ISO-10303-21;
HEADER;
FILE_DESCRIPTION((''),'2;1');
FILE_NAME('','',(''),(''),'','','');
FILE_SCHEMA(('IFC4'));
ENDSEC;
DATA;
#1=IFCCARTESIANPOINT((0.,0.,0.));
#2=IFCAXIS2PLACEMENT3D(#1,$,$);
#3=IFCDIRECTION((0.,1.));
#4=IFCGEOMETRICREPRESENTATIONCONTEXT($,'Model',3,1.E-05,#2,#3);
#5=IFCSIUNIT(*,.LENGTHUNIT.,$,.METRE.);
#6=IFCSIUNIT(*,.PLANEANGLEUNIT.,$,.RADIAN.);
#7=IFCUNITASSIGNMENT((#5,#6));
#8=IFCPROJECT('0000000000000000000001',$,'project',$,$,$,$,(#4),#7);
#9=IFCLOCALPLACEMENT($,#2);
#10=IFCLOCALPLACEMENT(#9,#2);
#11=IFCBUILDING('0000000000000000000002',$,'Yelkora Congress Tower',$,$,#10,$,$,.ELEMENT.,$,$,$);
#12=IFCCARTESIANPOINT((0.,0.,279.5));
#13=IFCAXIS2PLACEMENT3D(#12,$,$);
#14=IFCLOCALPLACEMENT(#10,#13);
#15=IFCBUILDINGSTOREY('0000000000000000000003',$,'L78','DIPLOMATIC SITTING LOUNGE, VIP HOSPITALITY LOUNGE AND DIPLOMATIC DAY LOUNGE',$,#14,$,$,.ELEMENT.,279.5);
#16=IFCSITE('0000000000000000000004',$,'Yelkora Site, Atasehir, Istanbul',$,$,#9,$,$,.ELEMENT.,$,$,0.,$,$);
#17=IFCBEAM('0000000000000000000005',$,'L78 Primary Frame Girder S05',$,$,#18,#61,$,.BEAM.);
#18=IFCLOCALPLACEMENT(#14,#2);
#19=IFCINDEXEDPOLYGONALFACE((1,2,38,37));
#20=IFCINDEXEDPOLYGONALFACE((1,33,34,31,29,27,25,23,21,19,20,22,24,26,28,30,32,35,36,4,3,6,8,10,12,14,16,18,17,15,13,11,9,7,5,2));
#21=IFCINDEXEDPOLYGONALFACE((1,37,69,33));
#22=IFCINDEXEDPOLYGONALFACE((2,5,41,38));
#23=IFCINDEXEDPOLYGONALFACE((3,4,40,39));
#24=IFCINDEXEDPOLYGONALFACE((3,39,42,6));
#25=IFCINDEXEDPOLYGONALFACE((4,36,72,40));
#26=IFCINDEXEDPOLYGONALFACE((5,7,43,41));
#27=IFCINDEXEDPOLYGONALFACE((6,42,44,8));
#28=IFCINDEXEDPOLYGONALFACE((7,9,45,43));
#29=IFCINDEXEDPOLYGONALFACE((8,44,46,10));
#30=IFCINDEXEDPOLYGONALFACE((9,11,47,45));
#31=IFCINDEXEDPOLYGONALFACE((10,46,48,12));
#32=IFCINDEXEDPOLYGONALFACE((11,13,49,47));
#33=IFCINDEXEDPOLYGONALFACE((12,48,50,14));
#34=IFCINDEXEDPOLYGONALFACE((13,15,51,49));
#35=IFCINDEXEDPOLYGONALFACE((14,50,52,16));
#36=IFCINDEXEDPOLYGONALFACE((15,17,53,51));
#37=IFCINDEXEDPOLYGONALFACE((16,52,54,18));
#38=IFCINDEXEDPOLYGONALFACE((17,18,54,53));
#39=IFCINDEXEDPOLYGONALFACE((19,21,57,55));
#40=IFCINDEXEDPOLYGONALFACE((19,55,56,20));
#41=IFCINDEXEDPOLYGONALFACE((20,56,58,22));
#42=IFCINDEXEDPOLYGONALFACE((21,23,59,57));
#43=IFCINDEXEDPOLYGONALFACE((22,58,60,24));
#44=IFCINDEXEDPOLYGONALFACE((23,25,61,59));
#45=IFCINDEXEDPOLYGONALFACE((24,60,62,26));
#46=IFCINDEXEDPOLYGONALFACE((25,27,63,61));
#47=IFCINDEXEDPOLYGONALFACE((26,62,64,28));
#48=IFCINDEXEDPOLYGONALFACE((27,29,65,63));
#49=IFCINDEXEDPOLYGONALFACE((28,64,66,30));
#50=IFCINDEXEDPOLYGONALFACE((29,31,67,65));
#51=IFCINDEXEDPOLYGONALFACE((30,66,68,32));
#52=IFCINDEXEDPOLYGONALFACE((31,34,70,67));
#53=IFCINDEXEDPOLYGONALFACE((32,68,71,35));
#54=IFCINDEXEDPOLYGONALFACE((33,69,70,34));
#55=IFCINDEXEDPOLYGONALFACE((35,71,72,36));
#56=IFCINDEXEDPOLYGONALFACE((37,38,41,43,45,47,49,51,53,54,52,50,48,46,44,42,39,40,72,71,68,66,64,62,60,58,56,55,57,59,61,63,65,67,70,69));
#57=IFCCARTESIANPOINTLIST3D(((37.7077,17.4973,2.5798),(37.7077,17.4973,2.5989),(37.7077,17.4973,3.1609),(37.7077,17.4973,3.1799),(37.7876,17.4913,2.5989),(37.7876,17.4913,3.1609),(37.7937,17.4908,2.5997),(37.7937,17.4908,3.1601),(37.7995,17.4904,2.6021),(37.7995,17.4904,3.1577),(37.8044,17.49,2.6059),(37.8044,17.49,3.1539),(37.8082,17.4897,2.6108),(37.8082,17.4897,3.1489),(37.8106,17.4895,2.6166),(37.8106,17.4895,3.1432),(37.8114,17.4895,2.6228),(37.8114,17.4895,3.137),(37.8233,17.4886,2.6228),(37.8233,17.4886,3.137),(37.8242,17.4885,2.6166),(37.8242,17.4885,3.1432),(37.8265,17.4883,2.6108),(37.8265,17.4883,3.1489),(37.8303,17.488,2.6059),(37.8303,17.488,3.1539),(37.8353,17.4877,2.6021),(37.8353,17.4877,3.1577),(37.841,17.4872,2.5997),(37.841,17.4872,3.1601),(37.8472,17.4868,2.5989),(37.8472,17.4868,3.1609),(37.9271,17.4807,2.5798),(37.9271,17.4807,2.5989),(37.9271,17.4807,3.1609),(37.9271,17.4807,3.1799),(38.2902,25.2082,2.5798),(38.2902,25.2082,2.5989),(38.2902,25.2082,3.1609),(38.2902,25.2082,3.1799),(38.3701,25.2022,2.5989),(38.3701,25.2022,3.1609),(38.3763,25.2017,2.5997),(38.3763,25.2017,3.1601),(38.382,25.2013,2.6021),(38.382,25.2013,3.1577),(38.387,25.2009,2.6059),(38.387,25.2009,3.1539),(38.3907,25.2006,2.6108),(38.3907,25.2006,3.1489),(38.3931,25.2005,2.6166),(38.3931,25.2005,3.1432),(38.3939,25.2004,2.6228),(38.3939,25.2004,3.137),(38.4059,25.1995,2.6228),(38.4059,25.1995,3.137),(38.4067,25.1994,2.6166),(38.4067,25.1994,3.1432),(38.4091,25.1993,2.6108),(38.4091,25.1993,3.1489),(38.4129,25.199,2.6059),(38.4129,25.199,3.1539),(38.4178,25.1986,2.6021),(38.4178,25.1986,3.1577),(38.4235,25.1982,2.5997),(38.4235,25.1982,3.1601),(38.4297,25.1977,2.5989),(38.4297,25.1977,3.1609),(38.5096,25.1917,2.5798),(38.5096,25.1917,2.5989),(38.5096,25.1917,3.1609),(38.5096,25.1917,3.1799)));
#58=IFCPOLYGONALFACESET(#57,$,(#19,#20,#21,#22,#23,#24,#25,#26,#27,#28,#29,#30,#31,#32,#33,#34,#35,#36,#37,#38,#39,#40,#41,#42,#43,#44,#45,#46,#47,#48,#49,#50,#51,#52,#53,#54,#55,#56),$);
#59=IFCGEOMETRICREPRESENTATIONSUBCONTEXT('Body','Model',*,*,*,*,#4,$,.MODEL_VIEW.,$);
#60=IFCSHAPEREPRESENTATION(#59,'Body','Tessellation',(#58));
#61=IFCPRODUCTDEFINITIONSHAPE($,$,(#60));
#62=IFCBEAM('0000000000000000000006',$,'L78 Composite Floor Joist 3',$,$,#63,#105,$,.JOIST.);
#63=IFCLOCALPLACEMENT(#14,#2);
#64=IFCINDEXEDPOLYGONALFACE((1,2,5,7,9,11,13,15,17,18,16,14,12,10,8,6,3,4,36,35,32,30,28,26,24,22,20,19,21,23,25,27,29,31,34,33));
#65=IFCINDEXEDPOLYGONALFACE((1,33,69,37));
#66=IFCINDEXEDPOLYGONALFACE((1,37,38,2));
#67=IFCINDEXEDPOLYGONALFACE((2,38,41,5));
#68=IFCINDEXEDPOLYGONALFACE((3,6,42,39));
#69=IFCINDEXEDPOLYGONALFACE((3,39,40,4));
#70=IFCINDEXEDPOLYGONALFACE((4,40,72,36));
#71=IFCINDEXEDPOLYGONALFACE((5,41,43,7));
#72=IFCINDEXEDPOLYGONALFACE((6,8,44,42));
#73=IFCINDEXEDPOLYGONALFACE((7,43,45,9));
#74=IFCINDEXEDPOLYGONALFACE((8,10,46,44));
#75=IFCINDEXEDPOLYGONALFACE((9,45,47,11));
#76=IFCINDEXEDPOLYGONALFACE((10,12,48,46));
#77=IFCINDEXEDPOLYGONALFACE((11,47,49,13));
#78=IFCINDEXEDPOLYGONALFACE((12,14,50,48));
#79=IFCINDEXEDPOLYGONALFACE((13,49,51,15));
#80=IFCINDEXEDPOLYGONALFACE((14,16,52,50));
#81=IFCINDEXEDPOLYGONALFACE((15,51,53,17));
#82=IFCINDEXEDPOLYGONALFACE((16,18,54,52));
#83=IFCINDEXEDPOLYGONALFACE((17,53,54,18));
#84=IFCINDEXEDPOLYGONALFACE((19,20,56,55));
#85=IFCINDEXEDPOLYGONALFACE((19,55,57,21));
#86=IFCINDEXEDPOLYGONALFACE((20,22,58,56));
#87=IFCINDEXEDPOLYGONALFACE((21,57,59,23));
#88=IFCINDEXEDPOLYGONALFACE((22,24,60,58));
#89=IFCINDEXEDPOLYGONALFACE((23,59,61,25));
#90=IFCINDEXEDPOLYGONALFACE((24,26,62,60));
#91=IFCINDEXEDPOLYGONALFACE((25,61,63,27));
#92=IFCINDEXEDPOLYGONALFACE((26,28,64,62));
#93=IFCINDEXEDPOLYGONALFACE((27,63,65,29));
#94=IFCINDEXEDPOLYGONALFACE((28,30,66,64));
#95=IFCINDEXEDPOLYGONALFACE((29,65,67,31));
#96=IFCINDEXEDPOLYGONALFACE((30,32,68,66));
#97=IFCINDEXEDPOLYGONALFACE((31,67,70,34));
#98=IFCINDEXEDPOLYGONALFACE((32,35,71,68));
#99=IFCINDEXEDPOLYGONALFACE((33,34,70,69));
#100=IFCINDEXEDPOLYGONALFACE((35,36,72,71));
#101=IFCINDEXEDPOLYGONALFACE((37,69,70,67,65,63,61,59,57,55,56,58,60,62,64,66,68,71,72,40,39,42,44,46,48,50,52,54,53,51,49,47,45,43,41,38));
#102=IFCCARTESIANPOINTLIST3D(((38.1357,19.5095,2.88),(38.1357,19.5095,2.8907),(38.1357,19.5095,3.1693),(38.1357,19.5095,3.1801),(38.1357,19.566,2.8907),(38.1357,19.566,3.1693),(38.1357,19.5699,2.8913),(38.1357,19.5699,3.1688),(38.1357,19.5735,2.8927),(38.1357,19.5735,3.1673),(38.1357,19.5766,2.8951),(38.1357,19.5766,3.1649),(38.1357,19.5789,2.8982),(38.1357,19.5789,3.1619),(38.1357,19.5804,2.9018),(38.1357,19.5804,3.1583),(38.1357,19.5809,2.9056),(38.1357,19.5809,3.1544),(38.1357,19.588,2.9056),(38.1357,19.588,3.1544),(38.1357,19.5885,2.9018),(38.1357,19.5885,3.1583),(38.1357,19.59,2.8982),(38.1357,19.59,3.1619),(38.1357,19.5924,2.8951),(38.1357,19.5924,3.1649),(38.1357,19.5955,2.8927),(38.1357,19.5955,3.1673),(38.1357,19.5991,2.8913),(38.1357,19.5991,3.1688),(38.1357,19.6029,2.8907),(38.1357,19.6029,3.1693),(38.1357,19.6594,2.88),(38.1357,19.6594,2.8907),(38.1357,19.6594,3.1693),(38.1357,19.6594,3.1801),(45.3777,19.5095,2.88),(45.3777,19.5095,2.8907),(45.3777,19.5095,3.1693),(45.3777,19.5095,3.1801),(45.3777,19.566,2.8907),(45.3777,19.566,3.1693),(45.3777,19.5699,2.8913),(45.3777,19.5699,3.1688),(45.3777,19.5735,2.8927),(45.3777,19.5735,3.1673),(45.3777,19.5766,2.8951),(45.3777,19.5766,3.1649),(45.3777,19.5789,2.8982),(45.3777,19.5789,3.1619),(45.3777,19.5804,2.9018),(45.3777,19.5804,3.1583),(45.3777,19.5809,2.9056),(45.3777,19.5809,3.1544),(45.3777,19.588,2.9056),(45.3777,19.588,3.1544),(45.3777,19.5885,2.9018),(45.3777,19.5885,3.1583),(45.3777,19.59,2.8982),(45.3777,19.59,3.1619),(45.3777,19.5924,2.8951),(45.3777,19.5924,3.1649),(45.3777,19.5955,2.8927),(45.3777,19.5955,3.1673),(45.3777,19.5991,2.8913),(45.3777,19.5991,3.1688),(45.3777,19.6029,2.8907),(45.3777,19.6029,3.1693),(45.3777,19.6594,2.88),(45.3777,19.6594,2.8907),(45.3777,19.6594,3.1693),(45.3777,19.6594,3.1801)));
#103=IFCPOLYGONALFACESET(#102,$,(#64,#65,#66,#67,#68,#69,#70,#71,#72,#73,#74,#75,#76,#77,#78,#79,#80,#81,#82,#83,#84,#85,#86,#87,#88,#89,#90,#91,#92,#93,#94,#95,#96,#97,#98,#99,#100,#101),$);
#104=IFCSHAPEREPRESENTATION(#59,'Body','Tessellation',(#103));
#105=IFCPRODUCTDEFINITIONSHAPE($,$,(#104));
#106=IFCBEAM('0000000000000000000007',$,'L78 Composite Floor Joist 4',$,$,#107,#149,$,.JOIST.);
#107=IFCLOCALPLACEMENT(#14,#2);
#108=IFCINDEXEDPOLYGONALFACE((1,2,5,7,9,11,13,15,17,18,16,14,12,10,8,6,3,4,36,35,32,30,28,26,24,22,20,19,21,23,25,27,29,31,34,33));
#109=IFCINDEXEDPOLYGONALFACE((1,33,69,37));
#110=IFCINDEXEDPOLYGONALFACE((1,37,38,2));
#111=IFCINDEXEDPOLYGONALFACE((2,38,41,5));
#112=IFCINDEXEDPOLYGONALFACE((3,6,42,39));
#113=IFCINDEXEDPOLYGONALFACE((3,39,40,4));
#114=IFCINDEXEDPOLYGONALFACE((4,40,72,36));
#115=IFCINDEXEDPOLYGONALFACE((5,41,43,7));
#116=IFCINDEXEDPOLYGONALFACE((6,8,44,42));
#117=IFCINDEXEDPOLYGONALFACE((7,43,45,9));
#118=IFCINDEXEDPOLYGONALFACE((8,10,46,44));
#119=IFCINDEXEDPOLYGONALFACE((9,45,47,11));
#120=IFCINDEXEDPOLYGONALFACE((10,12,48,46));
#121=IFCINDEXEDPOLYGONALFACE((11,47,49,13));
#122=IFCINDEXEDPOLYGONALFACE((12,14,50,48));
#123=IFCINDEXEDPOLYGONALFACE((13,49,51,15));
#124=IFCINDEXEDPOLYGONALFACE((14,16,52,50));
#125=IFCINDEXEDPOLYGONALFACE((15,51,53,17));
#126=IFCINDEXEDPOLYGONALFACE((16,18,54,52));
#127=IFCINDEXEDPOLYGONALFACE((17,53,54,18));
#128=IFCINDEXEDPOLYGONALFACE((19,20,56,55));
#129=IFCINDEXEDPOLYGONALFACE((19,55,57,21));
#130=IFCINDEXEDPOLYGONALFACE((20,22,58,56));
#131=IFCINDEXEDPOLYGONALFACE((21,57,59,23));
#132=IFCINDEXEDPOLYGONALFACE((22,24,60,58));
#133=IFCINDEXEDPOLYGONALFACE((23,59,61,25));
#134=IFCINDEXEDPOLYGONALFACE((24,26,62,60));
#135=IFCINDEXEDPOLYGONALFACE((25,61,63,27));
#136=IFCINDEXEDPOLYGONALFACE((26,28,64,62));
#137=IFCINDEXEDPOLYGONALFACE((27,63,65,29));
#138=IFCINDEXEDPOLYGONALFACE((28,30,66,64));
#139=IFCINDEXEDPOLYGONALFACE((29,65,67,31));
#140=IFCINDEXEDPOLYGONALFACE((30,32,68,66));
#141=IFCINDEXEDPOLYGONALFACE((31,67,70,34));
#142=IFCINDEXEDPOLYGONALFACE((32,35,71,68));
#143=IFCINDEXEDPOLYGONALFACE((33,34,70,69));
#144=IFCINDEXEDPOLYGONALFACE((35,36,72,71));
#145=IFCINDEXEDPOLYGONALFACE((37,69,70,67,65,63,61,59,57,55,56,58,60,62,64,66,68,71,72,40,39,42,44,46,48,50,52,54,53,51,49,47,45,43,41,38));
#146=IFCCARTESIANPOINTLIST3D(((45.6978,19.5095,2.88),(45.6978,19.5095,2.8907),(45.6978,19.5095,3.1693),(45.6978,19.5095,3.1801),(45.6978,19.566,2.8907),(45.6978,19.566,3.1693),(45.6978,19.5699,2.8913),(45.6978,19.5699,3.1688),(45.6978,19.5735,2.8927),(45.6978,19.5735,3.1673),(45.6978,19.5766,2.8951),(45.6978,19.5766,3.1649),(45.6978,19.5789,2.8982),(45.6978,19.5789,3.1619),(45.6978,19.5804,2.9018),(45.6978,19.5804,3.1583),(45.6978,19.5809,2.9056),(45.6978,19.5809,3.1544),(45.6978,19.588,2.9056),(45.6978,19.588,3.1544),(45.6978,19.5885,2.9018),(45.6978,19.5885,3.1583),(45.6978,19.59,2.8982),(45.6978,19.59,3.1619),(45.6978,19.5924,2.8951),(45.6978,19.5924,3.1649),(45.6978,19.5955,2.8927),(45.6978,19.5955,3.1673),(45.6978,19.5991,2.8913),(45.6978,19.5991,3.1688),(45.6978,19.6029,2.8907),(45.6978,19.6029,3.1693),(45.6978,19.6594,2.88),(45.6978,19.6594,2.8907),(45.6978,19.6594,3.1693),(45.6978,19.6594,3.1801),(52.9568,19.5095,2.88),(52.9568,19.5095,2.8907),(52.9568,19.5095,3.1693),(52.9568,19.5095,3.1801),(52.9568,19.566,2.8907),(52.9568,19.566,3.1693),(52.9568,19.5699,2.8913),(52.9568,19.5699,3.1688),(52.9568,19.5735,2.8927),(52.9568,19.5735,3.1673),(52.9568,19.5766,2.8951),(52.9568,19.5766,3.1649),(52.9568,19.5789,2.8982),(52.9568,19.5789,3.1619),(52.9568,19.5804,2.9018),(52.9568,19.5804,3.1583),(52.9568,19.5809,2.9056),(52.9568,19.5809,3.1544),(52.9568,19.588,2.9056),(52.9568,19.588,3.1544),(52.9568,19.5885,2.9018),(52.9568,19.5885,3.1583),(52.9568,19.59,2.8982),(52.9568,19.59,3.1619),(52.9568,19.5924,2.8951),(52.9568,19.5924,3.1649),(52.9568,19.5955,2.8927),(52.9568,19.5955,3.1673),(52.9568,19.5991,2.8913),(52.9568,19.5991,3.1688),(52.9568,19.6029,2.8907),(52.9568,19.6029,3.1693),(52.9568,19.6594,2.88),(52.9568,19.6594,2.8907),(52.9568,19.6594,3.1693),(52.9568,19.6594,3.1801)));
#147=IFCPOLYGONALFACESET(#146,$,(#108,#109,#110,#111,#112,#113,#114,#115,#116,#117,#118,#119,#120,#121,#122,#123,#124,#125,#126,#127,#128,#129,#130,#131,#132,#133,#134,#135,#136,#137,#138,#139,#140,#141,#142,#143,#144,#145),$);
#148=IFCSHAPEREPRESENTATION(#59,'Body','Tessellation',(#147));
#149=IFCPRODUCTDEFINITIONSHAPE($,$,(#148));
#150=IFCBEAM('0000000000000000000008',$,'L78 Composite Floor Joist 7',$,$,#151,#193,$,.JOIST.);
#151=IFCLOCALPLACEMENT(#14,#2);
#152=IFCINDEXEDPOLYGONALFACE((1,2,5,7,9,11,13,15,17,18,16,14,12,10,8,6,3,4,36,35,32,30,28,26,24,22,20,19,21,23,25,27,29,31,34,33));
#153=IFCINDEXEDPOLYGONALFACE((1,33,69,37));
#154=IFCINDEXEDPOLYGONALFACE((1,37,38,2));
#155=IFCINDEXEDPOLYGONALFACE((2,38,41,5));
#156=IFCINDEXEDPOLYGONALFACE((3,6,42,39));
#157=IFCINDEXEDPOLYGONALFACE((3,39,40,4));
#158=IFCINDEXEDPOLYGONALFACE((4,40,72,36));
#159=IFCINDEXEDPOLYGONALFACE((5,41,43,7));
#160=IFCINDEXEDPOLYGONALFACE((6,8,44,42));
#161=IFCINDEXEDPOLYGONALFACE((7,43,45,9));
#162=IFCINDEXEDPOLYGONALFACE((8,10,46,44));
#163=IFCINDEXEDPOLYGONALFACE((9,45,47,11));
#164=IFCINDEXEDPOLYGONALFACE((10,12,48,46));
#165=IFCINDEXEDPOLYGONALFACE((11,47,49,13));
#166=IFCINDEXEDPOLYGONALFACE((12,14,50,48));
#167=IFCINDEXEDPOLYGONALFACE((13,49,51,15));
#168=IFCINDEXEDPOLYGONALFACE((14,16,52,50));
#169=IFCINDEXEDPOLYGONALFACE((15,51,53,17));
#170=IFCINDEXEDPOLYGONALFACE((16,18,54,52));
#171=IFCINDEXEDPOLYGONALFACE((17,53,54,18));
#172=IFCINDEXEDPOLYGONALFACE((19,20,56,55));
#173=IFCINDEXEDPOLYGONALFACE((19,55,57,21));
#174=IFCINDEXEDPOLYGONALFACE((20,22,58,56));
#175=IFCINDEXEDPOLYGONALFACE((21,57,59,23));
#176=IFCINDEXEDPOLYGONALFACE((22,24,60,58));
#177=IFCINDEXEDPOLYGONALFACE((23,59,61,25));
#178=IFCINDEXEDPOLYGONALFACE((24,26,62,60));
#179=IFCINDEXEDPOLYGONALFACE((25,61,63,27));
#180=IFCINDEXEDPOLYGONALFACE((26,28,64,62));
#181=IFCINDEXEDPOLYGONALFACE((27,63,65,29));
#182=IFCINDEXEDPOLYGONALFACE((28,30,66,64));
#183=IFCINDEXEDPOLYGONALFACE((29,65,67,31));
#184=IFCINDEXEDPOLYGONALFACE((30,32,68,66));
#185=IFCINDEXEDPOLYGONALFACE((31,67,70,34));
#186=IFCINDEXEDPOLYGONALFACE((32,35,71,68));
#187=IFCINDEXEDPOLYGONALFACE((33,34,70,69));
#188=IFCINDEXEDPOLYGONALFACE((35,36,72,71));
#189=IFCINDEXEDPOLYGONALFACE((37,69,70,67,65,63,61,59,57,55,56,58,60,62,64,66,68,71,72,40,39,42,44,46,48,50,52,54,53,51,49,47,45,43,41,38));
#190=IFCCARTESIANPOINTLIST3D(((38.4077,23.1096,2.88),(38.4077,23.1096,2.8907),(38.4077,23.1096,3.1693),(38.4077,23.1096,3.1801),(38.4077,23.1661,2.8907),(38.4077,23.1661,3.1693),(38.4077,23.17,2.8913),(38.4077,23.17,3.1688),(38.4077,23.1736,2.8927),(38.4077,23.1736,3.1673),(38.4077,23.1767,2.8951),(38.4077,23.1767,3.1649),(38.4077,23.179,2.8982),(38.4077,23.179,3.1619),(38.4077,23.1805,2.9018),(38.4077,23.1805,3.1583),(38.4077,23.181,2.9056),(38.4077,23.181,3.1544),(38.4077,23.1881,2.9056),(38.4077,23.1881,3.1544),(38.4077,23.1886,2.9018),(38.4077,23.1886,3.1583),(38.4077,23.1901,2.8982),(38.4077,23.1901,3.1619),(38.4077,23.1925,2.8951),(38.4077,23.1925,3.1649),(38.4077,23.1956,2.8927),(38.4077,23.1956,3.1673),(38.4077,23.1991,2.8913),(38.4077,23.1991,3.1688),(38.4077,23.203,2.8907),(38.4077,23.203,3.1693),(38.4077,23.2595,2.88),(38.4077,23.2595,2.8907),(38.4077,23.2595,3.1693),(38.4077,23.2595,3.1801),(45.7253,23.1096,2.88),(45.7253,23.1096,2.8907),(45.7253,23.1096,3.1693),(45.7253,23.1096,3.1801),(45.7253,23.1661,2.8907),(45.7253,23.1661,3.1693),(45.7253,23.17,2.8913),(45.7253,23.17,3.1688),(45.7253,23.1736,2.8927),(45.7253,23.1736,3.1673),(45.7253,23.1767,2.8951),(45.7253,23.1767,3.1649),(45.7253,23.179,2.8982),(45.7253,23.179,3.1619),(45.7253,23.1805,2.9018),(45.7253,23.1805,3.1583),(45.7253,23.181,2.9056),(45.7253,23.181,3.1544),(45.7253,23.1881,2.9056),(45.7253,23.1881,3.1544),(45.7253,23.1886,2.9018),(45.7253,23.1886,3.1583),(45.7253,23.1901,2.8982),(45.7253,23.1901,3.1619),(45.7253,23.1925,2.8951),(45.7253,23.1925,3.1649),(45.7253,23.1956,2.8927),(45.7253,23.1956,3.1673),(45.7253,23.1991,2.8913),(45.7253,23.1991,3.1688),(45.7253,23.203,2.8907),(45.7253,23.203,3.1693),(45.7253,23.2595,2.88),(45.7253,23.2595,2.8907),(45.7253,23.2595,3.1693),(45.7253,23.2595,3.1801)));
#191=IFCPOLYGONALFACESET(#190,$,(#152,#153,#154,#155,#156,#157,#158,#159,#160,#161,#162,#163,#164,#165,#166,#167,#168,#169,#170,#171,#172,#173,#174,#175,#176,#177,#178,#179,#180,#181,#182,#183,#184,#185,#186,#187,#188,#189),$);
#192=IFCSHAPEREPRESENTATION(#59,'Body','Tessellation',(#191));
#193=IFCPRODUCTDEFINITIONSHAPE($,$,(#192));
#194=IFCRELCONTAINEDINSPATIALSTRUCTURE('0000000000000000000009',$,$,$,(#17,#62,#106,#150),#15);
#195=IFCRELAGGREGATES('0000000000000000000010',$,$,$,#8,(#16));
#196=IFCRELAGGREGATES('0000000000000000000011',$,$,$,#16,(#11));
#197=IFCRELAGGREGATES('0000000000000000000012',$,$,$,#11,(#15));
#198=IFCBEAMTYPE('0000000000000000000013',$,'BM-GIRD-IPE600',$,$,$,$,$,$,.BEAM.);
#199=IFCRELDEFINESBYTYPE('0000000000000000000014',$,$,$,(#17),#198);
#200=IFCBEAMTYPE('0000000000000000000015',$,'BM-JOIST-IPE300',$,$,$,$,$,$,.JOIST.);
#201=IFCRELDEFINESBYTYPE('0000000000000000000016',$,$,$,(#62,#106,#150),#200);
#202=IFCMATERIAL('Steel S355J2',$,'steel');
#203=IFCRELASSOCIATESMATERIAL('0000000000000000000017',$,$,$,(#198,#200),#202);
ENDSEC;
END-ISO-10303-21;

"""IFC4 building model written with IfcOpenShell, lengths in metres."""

from ifc_helpers import new_model, si_unit, direction, frame, origin, origin_2d, place, context, subcontext, project, spatial, i_section, extrude, material, material_profile, profile_set, type_object, element, save


model = new_model("IFC4")

# Units and contexts
model_context = context("Model", 3, precision=1e-05, world=origin(), true_north=direction((0.0, 1.0)))
body_context = subcontext(model_context, "Body", "Model", "MODEL_VIEW")
ifc_project = project(units=[si_unit("LENGTHUNIT", "METRE"), si_unit("PLANEANGLEUNIT", "RADIAN")], contexts=[model_context])

# Site, building, storey
site_placement = place(None, origin())
site = spatial("IfcSite", under=ifc_project, at=site_placement, Name="Yelkora Site, Atasehir, Istanbul", CompositionType="ELEMENT", RefElevation=0.0)
building_placement = place(site_placement, origin())
building = spatial("IfcBuilding", under=site, at=building_placement, Name="Yelkora Congress Tower", CompositionType="ELEMENT")
storey_placement = place(building_placement, frame((0.0, 0.0, 279.5)))
storey = spatial("IfcBuildingStorey", under=building, at=storey_placement, Name="L78", Description="DIPLOMATIC SITTING LOUNGE, VIP HOSPITALITY LOUNGE AND DIPLOMATIC DAY LOUNGE", CompositionType="ELEMENT", Elevation=279.5)

# Shared definitions
ifc_material_1 = material(Name="Steel S355J2", Category="steel")

# Beams
ifc_material_profile_1 = material_profile(ifc_material_1, i_section(OverallWidth=0.22, OverallDepth=0.6001, WebThickness=0.012, FlangeThickness=0.019, FilletRadius=0.0239, at=origin_2d()), Name="IPE 600")
ifc_profile_set_1 = profile_set([ifc_material_profile_1], Name="Steel S355J2")
beam_type_1 = type_object("IfcBeamType", Name="BM-GIRD-IPE600", PredefinedType="BEAM", material=ifc_profile_set_1)
beam_1_placement = place(storey_placement, frame((37.8174, 17.489, 2.8799), z_axis=(0.07533, 0.997159, 0.0), x_axis=(-0.997159, 0.07533, 0.0)))
element("IfcBeam", 1, at=beam_1_placement, inside=storey, type_object=beam_type_1, Name="L78 Primary Frame Girder S05", PredefinedType="BEAM", context=body_context, shape_type="SweptSolid", body=[
    extrude(i_section(OverallWidth=0.22, OverallDepth=0.6001, WebThickness=0.012, FlangeThickness=0.019, FilletRadius=0.0239, at=origin_2d()), origin(), (0.0, 0.0, 1.0), 7.7329),
])
ifc_material_profile_2 = material_profile(ifc_material_1, i_section(OverallWidth=0.1499, OverallDepth=0.3, WebThickness=0.0071, FlangeThickness=0.0107, FilletRadius=0.0149, at=origin_2d()), Name="IPE 300")
ifc_profile_set_2 = profile_set([ifc_material_profile_2], Name="Steel S355J2")
beam_type_2 = type_object("IfcBeamType", Name="BM-JOIST-IPE300", PredefinedType="JOIST", material=ifc_profile_set_2)
beam_2_placement = place(storey_placement, frame((38.1357, 19.5845, 3.03), z_axis=(1.0, 0.0, 0.0), x_axis=(0.0, 1.0, 0.0)))
element("IfcBeam", 2, at=beam_2_placement, inside=storey, type_object=beam_type_2, Name="L78 Composite Floor Joist 3", PredefinedType="JOIST", context=body_context, shape_type="SweptSolid", body=[
    extrude(i_section(OverallWidth=0.1499, OverallDepth=0.3, WebThickness=0.0071, FlangeThickness=0.0107, FilletRadius=0.0149, at=origin_2d()), origin(), (0.0, 0.0, 1.0), 7.2419),
])
beam_3_placement = place(storey_placement, frame((45.6978, 19.5845, 3.03), z_axis=(1.0, 0.0, 0.0), x_axis=(0.0, 1.0, 0.0)))
element("IfcBeam", 3, at=beam_3_placement, inside=storey, type_object=beam_type_2, Name="L78 Composite Floor Joist 4", PredefinedType="JOIST", context=body_context, shape_type="SweptSolid", body=[
    extrude(i_section(OverallWidth=0.1499, OverallDepth=0.3, WebThickness=0.0071, FlangeThickness=0.0107, FilletRadius=0.0149, at=origin_2d()), origin(), (0.0, 0.0, 1.0), 7.259),
])
beam_4_placement = place(storey_placement, frame((38.4077, 23.1846, 3.03), z_axis=(1.0, 0.0, 0.0), x_axis=(0.0, 1.0, 0.0)))
element("IfcBeam", 4, at=beam_4_placement, inside=storey, type_object=beam_type_2, Name="L78 Composite Floor Joist 7", PredefinedType="JOIST", context=body_context, shape_type="SweptSolid", body=[
    extrude(i_section(OverallWidth=0.1499, OverallDepth=0.3, WebThickness=0.0071, FlangeThickness=0.0107, FilletRadius=0.0149, at=origin_2d()), origin(), (0.0, 0.0, 1.0), 7.3176),
])

save(model, "model.ifc")
